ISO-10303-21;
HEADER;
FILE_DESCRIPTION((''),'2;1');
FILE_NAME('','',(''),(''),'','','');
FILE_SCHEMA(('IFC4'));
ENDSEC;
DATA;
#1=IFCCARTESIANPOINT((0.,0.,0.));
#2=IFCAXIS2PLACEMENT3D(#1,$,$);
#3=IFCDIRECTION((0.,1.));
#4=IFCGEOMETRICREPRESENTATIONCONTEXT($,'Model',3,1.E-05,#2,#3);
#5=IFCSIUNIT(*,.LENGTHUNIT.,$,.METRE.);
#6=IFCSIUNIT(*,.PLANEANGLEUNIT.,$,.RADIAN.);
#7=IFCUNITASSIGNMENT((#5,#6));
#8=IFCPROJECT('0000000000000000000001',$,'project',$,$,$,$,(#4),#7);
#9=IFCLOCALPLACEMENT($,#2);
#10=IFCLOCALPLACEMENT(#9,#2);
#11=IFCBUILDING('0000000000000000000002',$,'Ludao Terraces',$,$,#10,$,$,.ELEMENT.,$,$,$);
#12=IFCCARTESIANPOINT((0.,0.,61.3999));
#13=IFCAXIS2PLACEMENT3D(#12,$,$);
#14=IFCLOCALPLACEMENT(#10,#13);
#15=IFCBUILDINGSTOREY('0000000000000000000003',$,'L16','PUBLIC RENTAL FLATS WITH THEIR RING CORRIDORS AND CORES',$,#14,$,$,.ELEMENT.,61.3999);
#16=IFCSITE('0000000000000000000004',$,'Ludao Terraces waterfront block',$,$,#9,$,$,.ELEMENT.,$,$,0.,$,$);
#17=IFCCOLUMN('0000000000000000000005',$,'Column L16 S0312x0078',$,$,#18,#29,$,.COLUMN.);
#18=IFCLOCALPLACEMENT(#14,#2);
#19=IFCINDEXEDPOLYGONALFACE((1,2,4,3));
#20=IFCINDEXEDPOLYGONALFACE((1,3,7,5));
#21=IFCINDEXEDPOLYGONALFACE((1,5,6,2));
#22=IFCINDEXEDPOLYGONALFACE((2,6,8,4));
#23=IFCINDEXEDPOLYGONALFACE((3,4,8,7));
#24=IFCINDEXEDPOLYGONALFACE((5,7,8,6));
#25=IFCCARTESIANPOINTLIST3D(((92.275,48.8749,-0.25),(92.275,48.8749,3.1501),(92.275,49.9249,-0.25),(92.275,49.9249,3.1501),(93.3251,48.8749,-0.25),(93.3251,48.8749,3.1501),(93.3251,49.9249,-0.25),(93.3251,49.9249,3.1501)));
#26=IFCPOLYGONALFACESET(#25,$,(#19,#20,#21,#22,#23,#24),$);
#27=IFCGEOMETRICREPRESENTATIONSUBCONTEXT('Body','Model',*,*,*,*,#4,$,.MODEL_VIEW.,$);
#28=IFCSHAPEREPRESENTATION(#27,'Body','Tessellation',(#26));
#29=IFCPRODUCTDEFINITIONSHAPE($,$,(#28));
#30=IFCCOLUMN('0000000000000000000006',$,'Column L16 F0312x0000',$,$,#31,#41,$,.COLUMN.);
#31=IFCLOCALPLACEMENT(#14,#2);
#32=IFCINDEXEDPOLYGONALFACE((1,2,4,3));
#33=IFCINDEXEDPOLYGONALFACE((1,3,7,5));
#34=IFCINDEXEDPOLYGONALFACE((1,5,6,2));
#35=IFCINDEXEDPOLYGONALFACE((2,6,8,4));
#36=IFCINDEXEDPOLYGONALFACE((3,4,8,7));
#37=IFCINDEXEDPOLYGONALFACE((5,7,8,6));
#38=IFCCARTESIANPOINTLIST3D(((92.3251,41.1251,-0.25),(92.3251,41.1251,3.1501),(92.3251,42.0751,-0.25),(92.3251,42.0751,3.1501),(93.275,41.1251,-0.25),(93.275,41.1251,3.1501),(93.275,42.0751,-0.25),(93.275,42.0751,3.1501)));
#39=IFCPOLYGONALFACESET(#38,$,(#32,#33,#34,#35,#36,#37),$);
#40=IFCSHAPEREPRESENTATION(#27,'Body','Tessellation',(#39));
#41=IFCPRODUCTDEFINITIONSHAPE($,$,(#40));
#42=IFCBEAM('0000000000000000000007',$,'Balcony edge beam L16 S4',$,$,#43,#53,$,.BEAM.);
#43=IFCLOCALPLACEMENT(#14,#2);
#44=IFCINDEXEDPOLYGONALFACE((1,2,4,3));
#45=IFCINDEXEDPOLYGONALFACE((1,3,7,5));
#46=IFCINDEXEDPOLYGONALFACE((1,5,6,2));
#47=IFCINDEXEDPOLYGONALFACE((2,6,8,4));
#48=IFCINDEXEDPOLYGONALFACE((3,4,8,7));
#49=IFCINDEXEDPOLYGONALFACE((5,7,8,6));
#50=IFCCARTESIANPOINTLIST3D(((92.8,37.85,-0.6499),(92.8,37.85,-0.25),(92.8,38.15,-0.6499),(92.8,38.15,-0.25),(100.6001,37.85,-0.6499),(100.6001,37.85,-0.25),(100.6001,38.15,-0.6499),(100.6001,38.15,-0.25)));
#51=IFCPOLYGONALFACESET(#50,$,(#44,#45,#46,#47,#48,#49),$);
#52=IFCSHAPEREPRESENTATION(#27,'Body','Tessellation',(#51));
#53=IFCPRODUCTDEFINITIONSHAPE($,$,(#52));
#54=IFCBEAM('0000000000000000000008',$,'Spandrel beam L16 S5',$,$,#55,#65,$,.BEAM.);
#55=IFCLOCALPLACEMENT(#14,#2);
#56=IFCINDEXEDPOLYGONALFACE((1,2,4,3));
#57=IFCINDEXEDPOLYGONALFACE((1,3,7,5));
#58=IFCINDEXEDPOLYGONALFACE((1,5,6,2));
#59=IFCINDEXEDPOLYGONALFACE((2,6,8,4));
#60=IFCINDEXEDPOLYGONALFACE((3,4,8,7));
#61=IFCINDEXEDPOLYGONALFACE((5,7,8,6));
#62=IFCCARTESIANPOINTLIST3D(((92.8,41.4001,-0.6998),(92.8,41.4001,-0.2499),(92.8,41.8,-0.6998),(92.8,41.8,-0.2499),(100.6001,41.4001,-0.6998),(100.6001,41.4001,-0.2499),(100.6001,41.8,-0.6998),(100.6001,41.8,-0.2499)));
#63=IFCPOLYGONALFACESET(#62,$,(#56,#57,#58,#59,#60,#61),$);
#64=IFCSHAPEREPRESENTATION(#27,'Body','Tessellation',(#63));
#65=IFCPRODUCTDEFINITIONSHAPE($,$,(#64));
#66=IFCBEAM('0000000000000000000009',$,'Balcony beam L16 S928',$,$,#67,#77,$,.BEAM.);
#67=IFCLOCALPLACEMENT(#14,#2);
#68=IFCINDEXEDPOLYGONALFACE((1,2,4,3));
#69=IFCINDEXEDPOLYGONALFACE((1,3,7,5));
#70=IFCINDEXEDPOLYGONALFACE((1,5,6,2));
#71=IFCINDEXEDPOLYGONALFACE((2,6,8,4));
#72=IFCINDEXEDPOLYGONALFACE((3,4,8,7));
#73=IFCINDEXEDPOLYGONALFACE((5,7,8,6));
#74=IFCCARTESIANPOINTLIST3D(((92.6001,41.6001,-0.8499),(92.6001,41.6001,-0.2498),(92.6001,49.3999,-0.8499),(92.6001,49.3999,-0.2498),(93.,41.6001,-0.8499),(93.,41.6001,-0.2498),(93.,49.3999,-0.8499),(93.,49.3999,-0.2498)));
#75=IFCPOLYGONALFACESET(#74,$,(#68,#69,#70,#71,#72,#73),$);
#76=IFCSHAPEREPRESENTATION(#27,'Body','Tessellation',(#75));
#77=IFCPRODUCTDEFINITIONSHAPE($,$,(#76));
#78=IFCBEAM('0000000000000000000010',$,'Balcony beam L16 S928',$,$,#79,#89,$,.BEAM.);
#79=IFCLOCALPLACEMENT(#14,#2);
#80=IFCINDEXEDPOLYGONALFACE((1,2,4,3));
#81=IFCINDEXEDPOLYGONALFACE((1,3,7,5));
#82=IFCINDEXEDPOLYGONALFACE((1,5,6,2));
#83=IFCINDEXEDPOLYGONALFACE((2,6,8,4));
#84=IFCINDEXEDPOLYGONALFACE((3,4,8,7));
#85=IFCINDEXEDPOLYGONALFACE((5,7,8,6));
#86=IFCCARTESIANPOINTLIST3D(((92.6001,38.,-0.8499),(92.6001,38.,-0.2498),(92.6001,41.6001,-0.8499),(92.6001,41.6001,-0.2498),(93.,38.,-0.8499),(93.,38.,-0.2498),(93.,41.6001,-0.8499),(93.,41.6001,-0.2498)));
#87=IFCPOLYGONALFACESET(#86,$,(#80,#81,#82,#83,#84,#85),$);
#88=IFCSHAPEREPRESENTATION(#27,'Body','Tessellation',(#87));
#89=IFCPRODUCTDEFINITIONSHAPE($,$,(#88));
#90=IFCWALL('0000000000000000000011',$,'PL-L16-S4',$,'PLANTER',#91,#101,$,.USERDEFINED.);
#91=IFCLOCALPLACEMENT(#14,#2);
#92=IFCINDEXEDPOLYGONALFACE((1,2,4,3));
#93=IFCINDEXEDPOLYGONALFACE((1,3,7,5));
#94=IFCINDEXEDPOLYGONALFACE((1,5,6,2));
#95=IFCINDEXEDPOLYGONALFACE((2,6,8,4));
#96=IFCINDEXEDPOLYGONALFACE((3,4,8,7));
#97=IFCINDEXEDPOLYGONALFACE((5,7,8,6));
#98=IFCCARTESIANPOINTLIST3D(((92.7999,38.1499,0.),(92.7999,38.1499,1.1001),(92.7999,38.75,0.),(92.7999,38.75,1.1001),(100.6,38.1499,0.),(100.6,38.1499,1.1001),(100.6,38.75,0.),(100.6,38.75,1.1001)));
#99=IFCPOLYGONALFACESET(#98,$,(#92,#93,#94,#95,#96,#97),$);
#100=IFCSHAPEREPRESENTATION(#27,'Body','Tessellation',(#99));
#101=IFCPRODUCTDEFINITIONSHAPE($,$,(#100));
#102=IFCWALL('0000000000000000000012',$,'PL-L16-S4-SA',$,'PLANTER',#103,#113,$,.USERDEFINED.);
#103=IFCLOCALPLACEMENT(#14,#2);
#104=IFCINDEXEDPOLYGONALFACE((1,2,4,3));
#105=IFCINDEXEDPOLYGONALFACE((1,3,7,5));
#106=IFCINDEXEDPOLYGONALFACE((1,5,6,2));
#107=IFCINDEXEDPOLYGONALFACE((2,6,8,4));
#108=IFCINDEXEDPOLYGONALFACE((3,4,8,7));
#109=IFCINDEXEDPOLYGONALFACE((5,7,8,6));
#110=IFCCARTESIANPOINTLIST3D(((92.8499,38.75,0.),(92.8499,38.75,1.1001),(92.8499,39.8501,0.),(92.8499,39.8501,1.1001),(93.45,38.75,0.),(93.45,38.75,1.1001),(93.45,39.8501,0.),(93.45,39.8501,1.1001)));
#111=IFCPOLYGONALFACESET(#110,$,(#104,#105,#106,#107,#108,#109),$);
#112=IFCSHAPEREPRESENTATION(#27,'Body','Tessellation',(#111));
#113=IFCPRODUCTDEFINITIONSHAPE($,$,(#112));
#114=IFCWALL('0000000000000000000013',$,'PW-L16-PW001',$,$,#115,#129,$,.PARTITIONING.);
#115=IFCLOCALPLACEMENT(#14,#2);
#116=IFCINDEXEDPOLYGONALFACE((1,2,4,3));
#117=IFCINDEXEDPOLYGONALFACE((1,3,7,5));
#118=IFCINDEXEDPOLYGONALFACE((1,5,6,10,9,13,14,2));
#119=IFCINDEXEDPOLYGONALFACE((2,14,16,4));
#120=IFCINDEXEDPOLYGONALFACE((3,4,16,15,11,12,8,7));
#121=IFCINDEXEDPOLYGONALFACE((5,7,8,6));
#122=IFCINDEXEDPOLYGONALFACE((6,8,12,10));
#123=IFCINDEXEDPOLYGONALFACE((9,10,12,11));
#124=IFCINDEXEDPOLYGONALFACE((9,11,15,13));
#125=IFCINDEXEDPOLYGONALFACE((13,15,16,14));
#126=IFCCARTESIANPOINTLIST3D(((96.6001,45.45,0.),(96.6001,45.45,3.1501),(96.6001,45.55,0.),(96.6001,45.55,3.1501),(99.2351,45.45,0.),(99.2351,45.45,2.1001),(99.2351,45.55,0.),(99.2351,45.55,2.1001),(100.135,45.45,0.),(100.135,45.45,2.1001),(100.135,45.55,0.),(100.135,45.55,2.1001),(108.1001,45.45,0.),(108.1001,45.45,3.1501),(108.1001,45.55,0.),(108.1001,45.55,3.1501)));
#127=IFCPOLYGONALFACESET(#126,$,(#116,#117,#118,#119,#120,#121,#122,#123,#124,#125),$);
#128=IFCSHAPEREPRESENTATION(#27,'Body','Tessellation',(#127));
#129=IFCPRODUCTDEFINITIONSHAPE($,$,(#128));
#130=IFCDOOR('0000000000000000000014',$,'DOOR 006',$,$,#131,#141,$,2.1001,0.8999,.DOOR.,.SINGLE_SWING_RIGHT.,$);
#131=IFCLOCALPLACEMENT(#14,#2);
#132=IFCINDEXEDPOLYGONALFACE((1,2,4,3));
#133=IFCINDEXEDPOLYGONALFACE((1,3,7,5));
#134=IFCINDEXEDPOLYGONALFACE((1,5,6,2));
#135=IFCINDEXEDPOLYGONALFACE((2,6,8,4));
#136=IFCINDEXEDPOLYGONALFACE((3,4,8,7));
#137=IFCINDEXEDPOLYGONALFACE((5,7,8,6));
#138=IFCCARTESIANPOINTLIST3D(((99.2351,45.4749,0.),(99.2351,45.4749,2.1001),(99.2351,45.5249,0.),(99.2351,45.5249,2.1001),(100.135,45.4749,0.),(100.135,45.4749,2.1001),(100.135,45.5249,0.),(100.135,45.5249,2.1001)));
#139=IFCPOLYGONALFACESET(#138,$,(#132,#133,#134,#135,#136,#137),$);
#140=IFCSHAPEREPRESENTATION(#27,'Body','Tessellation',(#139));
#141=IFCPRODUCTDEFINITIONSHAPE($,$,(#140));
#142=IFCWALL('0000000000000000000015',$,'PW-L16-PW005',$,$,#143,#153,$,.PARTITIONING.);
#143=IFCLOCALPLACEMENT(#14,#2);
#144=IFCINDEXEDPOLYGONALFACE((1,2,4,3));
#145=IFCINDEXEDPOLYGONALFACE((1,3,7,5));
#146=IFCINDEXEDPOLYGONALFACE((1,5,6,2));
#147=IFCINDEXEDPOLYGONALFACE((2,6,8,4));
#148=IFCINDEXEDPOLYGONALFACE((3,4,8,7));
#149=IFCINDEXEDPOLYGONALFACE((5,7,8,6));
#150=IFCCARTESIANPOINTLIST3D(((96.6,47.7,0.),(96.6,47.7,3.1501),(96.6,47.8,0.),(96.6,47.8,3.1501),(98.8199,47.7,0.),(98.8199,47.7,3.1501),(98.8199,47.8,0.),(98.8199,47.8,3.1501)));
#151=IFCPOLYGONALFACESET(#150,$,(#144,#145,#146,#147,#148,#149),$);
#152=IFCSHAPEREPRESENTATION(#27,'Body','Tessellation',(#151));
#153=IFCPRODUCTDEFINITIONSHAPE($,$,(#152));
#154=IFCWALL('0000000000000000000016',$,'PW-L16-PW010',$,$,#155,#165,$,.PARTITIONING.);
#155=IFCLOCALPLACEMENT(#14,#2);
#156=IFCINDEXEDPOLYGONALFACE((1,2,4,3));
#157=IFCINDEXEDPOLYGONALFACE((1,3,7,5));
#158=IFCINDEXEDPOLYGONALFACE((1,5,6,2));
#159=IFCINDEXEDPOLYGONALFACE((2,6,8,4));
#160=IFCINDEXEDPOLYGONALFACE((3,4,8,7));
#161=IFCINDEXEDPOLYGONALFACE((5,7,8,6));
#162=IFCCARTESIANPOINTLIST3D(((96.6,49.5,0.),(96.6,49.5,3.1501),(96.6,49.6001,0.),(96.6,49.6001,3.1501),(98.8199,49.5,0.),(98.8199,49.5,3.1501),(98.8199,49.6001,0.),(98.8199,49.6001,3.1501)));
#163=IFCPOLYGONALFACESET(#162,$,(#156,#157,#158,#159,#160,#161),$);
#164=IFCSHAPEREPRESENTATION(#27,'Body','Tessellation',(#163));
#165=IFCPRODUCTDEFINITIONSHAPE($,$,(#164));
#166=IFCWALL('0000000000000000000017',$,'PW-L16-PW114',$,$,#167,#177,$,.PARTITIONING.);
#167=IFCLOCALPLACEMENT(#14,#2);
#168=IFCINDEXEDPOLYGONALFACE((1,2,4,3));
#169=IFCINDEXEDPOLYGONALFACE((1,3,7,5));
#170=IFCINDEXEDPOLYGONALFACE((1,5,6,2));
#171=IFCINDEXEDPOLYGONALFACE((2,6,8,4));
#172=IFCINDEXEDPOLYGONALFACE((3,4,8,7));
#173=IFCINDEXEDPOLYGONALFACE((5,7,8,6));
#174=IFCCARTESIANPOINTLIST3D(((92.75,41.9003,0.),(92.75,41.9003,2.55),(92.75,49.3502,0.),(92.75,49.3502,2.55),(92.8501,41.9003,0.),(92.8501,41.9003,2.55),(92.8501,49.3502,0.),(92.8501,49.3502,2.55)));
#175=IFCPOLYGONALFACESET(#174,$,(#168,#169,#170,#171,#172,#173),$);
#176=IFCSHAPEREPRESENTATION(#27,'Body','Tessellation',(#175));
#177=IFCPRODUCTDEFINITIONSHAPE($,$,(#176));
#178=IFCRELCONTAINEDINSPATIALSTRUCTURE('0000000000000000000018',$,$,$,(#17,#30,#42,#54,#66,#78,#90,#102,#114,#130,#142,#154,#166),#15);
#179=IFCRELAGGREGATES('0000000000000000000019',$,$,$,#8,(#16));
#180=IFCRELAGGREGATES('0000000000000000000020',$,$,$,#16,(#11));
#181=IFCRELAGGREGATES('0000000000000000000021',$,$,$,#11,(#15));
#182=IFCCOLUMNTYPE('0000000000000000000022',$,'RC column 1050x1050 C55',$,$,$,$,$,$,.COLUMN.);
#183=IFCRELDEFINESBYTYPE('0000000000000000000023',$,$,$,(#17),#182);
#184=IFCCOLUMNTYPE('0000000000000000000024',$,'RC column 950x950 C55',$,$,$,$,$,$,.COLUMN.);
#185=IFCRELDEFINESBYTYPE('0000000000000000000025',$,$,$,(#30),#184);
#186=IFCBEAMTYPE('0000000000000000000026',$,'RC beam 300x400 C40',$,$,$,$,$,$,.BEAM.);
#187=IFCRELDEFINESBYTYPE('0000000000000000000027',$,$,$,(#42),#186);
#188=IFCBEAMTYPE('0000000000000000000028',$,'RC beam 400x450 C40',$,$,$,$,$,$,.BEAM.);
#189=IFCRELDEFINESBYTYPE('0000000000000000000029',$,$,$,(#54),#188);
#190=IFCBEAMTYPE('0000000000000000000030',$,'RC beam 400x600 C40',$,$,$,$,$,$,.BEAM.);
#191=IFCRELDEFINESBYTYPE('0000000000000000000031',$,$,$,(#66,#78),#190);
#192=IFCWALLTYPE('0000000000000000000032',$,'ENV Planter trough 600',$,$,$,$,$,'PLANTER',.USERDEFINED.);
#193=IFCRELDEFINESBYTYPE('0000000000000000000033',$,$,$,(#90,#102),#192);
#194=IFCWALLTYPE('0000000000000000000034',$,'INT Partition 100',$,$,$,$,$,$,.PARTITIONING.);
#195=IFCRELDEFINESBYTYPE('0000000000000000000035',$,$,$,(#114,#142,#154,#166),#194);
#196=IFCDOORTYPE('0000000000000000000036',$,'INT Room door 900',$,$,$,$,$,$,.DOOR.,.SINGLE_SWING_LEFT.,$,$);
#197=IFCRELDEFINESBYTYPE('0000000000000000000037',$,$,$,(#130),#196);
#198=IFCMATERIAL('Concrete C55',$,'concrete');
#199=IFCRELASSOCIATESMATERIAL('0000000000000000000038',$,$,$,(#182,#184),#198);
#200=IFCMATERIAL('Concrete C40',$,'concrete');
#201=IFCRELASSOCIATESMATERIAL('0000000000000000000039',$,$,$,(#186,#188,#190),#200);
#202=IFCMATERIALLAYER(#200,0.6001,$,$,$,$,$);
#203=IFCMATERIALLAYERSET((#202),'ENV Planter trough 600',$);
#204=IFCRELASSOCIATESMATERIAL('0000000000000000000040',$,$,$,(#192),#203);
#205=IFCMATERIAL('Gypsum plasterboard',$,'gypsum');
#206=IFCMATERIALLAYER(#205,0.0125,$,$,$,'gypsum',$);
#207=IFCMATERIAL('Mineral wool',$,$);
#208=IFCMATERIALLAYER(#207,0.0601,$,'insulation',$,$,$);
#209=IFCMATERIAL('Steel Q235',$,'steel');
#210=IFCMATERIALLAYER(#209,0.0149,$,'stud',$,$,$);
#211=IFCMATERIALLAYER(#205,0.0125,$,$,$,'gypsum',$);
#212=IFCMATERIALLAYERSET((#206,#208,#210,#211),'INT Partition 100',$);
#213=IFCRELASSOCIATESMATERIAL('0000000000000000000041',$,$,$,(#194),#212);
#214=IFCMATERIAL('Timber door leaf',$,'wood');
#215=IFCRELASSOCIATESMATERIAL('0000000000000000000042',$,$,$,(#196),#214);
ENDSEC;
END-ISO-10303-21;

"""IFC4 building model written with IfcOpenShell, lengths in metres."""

from ifc_helpers import new_model, si_unit, direction, frame, frame_2d, origin, origin_2d, place, context, subcontext, project, spatial, rectangle, extrude, material, layer, layer_set, material_profile, profile_set, type_object, element, fill, save


model = new_model("IFC4")

# Units and contexts
model_context = context("Model", 3, precision=1e-05, world=origin(), true_north=direction((0.0, 1.0)))
body_context = subcontext(model_context, "Body", "Model", "MODEL_VIEW")
ifc_project = project(units=[si_unit("LENGTHUNIT", "METRE"), si_unit("PLANEANGLEUNIT", "RADIAN")], contexts=[model_context])

# Site, building, storey
site_placement = place(None, origin())
site = spatial("IfcSite", under=ifc_project, at=site_placement, Name="Ludao Terraces waterfront block", CompositionType="ELEMENT", RefElevation=0.0)
building_placement = place(site_placement, origin())
building = spatial("IfcBuilding", under=site, at=building_placement, Name="Ludao Terraces", CompositionType="ELEMENT")
storey_placement = place(building_placement, frame((0.0, 0.0, 61.3999)))
storey = spatial("IfcBuildingStorey", under=building, at=storey_placement, Name="L16", Description="PUBLIC RENTAL FLATS WITH THEIR RING CORRIDORS AND CORES", CompositionType="ELEMENT", Elevation=61.3999)

# Columns
ifc_material_1 = material(Name="Concrete C55", Category="concrete")
ifc_material_profile_1 = material_profile(ifc_material_1, rectangle(XDim=1.05, YDim=1.05, at=origin_2d()), Name="1050 X 1050")
ifc_profile_set_1 = profile_set([ifc_material_profile_1], Name="Concrete C55")
column_type_1 = type_object("IfcColumnType", Name="RC column 1050x1050 C55", PredefinedType="COLUMN", material=ifc_profile_set_1)
column_1_placement = place(storey_placement, frame((92.8, 49.3999, -0.25), z_axis=(0.0, 0.0, 1.0), x_axis=(1.0, 0.0, 0.0)))
element("IfcColumn", 1, at=column_1_placement, inside=storey, type_object=column_type_1, Name="Column L16 S0312x0078", PredefinedType="COLUMN", context=body_context, shape_type="SweptSolid", body=[
    extrude(rectangle(XDim=1.05, YDim=1.05, at=origin_2d()), origin(), (0.0, 0.0, 1.0), 3.4001),
])
ifc_material_profile_2 = material_profile(ifc_material_1, rectangle(XDim=0.95, YDim=0.95, at=origin_2d()), Name="950 X 950")
ifc_profile_set_2 = profile_set([ifc_material_profile_2], Name="Concrete C55")
column_type_2 = type_object("IfcColumnType", Name="RC column 950x950 C55", PredefinedType="COLUMN", material=ifc_profile_set_2)
column_2_placement = place(storey_placement, frame((92.8, 41.6001, -0.25), z_axis=(0.0, 0.0, 1.0), x_axis=(1.0, 0.0, 0.0)))
element("IfcColumn", 2, at=column_2_placement, inside=storey, type_object=column_type_2, Name="Column L16 F0312x0000", PredefinedType="COLUMN", context=body_context, shape_type="SweptSolid", body=[
    extrude(rectangle(XDim=0.95, YDim=0.95, at=origin_2d()), origin(), (0.0, 0.0, 1.0), 3.4001),
])

# Beams
ifc_material_2 = material(Name="Concrete C40", Category="concrete")
ifc_material_profile_3 = material_profile(ifc_material_2, rectangle(XDim=0.3, YDim=0.3999, at=origin_2d()), Name="300 X 400")
ifc_profile_set_3 = profile_set([ifc_material_profile_3], Name="Concrete C40")
beam_type_1 = type_object("IfcBeamType", Name="RC beam 300x400 C40", PredefinedType="BEAM", material=ifc_profile_set_3)
beam_1_placement = place(storey_placement, frame((92.8, 38.0, -0.45), z_axis=(1.0, 0.0, 0.0), x_axis=(0.0, 1.0, 0.0)))
element("IfcBeam", 3, at=beam_1_placement, inside=storey, type_object=beam_type_1, Name="Balcony edge beam L16 S4", PredefinedType="BEAM", context=body_context, shape_type="SweptSolid", body=[
    extrude(rectangle(XDim=0.3, YDim=0.3999, at=origin_2d()), origin(), (0.0, 0.0, 1.0), 7.8),
])
ifc_material_profile_4 = material_profile(ifc_material_2, rectangle(XDim=0.3999, YDim=0.45, at=origin_2d()), Name="400 X 450")
ifc_profile_set_4 = profile_set([ifc_material_profile_4], Name="Concrete C40")
beam_type_2 = type_object("IfcBeamType", Name="RC beam 400x450 C40", PredefinedType="BEAM", material=ifc_profile_set_4)
beam_2_placement = place(storey_placement, frame((92.8, 41.6001, -0.4749), z_axis=(1.0, 0.0, 0.0), x_axis=(0.0, 1.0, 0.0)))
element("IfcBeam", 4, at=beam_2_placement, inside=storey, type_object=beam_type_2, Name="Spandrel beam L16 S5", PredefinedType="BEAM", context=body_context, shape_type="SweptSolid", body=[
    extrude(rectangle(XDim=0.3999, YDim=0.45, at=origin_2d()), origin(), (0.0, 0.0, 1.0), 7.8),
])
ifc_material_profile_5 = material_profile(ifc_material_2, rectangle(XDim=0.3999, YDim=0.6001, at=origin_2d()), Name="400 X 600")
ifc_profile_set_5 = profile_set([ifc_material_profile_5], Name="Concrete C40")
beam_type_3 = type_object("IfcBeamType", Name="RC beam 400x600 C40", PredefinedType="BEAM", material=ifc_profile_set_5)
beam_3_placement = place(storey_placement, frame((92.8, 49.3999, -0.5498), z_axis=(0.0, -1.0, 0.0), x_axis=(1.0, 0.0, 0.0)))
element("IfcBeam", 5, at=beam_3_placement, inside=storey, type_object=beam_type_3, Name="Balcony beam L16 S928", PredefinedType="BEAM", context=body_context, shape_type="SweptSolid", body=[
    extrude(rectangle(XDim=0.3999, YDim=0.6001, at=origin_2d()), origin(), (0.0, 0.0, 1.0), 7.7998),
])
beam_4_placement = place(storey_placement, frame((92.8, 41.6001, -0.5498), z_axis=(0.0, -1.0, 0.0), x_axis=(1.0, 0.0, 0.0)))
element("IfcBeam", 6, at=beam_4_placement, inside=storey, type_object=beam_type_3, Name="Balcony beam L16 S928", PredefinedType="BEAM", context=body_context, shape_type="SweptSolid", body=[
    extrude(rectangle(XDim=0.3999, YDim=0.6001, at=origin_2d()), origin(), (0.0, 0.0, 1.0), 3.6001),
])

# Walls
ifc_layer_1 = layer(ifc_material_2, 0.6001)
ifc_layer_set_1 = layer_set([ifc_layer_1], Name="ENV Planter trough 600")
wall_type_1 = type_object("IfcWallType", Name="ENV Planter trough 600", ElementType="PLANTER", PredefinedType="USERDEFINED", material=ifc_layer_set_1)
wall_1_placement = place(storey_placement, frame((92.8, 38.45, 0.0), z_axis=(0.0, 0.0, 1.0), x_axis=(1.0, 0.0, 0.0)))
element("IfcWall", 7, at=wall_1_placement, inside=storey, type_object=wall_type_1, Name="PL-L16-S4", ObjectType="PLANTER", PredefinedType="USERDEFINED", context=body_context, shape_type="SweptSolid", body=[
    extrude(rectangle(XDim=7.8, YDim=0.6001, at=frame_2d((3.8999, 0.0))), origin(), (0.0, 0.0, 1.0), 1.1001),
])
wall_2_placement = place(storey_placement, frame((93.1499, 38.75, 0.0), z_axis=(0.0, 0.0, 1.0), x_axis=(0.0, 1.0, 0.0)))
element("IfcWall", 8, at=wall_2_placement, inside=storey, type_object=wall_type_1, Name="PL-L16-S4-SA", ObjectType="PLANTER", PredefinedType="USERDEFINED", context=body_context, shape_type="SweptSolid", body=[
    extrude(rectangle(XDim=1.1001, YDim=0.6001, at=frame_2d((0.55, 0.0))), origin(), (0.0, 0.0, 1.0), 1.1001),
])

# Shared definitions
ifc_material_3 = material(Name="Mineral wool")

# Wall, opening, door
ifc_material_4 = material(Name="Gypsum plasterboard", Category="gypsum")
ifc_layer_2 = layer(ifc_material_4, 0.0125, Category="gypsum")
ifc_layer_3 = layer(ifc_material_3, 0.0601, Name="insulation")
ifc_material_5 = material(Name="Steel Q235", Category="steel")
ifc_layer_4 = layer(ifc_material_5, 0.0149, Name="stud")
ifc_layer_5 = layer(ifc_material_4, 0.0125, Category="gypsum")
ifc_layer_set_2 = layer_set([ifc_layer_2, ifc_layer_3, ifc_layer_4, ifc_layer_5], Name="INT Partition 100")
wall_type_2 = type_object("IfcWallType", Name="INT Partition 100", PredefinedType="PARTITIONING", material=ifc_layer_set_2)
wall_3_placement = place(storey_placement, frame((96.6001, 45.5, 0.0), z_axis=(0.0, 0.0, 1.0), x_axis=(1.0, 0.0, 0.0)))
wall_3 = element("IfcWall", 9, at=wall_3_placement, inside=storey, type_object=wall_type_2, Name="PW-L16-PW001", PredefinedType="PARTITIONING", context=body_context, shape_type="SweptSolid", body=[
    extrude(rectangle(XDim=11.5, YDim=0.1001, at=frame_2d((5.75, 0.0))), origin(), (0.0, 0.0, 1.0), 3.1501),
])
opening_1_placement = place(wall_3_placement, frame((2.635, 0.0, 0.0)))
opening_1 = element("IfcOpeningElement", 10, at=opening_1_placement, cuts=wall_3, PredefinedType="OPENING", context=body_context, shape_type="SweptSolid", body=[
    extrude(rectangle(XDim=0.8999, YDim=2.1001, at=frame_2d((0.45, 1.05))), frame((0.0, 0.0601, 0.0), z_axis=(0.0, -1.0, 0.0), x_axis=(1.0, 0.0, 0.0)), (0.0, 0.0, 1.0), 0.1201),
])
ifc_material_6 = material(Name="Timber door leaf", Category="wood")
door_type_1 = type_object("IfcDoorType", Name="INT Room door 900", OperationType="SINGLE_SWING_LEFT", PredefinedType="DOOR", material=ifc_material_6)
door_1_placement = place(opening_1_placement, origin())
door_1 = element("IfcDoor", 11, at=door_1_placement, inside=storey, type_object=door_type_1, Name="DOOR 006", OperationType="SINGLE_SWING_RIGHT", OverallHeight=2.1001, OverallWidth=0.8999, PredefinedType="DOOR", context=body_context, shape_type="SweptSolid", body=[
    extrude(rectangle(XDim=0.8999, YDim=2.1001, at=frame_2d((0.45, 1.05))), frame((0.0, 0.0249, 0.0), z_axis=(0.0, -1.0, 0.0), x_axis=(1.0, 0.0, 0.0)), (0.0, 0.0, 1.0), 0.05),
])
fill(opening_1, door_1)

# Walls
for number, where, z_axis, x_axis, name in (
    (12, (96.6001, 47.75, 0.0), (0.0, 0.0, 1.0), (1.0, 0.0, 0.0), "PW-L16-PW005"),
    (13, (96.6001, 49.55, 0.0), (0.0, 0.0, 1.0), (1.0, 0.0, 0.0), "PW-L16-PW010"),
):
    element("IfcWall", number, at=place(storey_placement, frame(where, z_axis=z_axis, x_axis=x_axis)), inside=storey, type_object=wall_type_2, Name=name, PredefinedType="PARTITIONING", context=body_context, shape_type="SweptSolid", body=[
        extrude(rectangle(XDim=2.22, YDim=0.1001, at=frame_2d((1.1099, 0.0))), origin(), (0.0, 0.0, 1.0), 3.1501),
    ])
wall_4_placement = place(storey_placement, frame((92.8, 41.9001, 0.0), z_axis=(0.0, 0.0, 1.0), x_axis=(0.0, 1.0, 0.0)))
element("IfcWall", 14, at=wall_4_placement, inside=storey, type_object=wall_type_2, Name="PW-L16-PW114", PredefinedType="PARTITIONING", context=body_context, shape_type="SweptSolid", body=[
    extrude(rectangle(XDim=7.45, YDim=0.1001, at=frame_2d((3.7251, 0.0))), origin(), (0.0, 0.0, 1.0), 2.55),
])

save(model, "model.ifc")
